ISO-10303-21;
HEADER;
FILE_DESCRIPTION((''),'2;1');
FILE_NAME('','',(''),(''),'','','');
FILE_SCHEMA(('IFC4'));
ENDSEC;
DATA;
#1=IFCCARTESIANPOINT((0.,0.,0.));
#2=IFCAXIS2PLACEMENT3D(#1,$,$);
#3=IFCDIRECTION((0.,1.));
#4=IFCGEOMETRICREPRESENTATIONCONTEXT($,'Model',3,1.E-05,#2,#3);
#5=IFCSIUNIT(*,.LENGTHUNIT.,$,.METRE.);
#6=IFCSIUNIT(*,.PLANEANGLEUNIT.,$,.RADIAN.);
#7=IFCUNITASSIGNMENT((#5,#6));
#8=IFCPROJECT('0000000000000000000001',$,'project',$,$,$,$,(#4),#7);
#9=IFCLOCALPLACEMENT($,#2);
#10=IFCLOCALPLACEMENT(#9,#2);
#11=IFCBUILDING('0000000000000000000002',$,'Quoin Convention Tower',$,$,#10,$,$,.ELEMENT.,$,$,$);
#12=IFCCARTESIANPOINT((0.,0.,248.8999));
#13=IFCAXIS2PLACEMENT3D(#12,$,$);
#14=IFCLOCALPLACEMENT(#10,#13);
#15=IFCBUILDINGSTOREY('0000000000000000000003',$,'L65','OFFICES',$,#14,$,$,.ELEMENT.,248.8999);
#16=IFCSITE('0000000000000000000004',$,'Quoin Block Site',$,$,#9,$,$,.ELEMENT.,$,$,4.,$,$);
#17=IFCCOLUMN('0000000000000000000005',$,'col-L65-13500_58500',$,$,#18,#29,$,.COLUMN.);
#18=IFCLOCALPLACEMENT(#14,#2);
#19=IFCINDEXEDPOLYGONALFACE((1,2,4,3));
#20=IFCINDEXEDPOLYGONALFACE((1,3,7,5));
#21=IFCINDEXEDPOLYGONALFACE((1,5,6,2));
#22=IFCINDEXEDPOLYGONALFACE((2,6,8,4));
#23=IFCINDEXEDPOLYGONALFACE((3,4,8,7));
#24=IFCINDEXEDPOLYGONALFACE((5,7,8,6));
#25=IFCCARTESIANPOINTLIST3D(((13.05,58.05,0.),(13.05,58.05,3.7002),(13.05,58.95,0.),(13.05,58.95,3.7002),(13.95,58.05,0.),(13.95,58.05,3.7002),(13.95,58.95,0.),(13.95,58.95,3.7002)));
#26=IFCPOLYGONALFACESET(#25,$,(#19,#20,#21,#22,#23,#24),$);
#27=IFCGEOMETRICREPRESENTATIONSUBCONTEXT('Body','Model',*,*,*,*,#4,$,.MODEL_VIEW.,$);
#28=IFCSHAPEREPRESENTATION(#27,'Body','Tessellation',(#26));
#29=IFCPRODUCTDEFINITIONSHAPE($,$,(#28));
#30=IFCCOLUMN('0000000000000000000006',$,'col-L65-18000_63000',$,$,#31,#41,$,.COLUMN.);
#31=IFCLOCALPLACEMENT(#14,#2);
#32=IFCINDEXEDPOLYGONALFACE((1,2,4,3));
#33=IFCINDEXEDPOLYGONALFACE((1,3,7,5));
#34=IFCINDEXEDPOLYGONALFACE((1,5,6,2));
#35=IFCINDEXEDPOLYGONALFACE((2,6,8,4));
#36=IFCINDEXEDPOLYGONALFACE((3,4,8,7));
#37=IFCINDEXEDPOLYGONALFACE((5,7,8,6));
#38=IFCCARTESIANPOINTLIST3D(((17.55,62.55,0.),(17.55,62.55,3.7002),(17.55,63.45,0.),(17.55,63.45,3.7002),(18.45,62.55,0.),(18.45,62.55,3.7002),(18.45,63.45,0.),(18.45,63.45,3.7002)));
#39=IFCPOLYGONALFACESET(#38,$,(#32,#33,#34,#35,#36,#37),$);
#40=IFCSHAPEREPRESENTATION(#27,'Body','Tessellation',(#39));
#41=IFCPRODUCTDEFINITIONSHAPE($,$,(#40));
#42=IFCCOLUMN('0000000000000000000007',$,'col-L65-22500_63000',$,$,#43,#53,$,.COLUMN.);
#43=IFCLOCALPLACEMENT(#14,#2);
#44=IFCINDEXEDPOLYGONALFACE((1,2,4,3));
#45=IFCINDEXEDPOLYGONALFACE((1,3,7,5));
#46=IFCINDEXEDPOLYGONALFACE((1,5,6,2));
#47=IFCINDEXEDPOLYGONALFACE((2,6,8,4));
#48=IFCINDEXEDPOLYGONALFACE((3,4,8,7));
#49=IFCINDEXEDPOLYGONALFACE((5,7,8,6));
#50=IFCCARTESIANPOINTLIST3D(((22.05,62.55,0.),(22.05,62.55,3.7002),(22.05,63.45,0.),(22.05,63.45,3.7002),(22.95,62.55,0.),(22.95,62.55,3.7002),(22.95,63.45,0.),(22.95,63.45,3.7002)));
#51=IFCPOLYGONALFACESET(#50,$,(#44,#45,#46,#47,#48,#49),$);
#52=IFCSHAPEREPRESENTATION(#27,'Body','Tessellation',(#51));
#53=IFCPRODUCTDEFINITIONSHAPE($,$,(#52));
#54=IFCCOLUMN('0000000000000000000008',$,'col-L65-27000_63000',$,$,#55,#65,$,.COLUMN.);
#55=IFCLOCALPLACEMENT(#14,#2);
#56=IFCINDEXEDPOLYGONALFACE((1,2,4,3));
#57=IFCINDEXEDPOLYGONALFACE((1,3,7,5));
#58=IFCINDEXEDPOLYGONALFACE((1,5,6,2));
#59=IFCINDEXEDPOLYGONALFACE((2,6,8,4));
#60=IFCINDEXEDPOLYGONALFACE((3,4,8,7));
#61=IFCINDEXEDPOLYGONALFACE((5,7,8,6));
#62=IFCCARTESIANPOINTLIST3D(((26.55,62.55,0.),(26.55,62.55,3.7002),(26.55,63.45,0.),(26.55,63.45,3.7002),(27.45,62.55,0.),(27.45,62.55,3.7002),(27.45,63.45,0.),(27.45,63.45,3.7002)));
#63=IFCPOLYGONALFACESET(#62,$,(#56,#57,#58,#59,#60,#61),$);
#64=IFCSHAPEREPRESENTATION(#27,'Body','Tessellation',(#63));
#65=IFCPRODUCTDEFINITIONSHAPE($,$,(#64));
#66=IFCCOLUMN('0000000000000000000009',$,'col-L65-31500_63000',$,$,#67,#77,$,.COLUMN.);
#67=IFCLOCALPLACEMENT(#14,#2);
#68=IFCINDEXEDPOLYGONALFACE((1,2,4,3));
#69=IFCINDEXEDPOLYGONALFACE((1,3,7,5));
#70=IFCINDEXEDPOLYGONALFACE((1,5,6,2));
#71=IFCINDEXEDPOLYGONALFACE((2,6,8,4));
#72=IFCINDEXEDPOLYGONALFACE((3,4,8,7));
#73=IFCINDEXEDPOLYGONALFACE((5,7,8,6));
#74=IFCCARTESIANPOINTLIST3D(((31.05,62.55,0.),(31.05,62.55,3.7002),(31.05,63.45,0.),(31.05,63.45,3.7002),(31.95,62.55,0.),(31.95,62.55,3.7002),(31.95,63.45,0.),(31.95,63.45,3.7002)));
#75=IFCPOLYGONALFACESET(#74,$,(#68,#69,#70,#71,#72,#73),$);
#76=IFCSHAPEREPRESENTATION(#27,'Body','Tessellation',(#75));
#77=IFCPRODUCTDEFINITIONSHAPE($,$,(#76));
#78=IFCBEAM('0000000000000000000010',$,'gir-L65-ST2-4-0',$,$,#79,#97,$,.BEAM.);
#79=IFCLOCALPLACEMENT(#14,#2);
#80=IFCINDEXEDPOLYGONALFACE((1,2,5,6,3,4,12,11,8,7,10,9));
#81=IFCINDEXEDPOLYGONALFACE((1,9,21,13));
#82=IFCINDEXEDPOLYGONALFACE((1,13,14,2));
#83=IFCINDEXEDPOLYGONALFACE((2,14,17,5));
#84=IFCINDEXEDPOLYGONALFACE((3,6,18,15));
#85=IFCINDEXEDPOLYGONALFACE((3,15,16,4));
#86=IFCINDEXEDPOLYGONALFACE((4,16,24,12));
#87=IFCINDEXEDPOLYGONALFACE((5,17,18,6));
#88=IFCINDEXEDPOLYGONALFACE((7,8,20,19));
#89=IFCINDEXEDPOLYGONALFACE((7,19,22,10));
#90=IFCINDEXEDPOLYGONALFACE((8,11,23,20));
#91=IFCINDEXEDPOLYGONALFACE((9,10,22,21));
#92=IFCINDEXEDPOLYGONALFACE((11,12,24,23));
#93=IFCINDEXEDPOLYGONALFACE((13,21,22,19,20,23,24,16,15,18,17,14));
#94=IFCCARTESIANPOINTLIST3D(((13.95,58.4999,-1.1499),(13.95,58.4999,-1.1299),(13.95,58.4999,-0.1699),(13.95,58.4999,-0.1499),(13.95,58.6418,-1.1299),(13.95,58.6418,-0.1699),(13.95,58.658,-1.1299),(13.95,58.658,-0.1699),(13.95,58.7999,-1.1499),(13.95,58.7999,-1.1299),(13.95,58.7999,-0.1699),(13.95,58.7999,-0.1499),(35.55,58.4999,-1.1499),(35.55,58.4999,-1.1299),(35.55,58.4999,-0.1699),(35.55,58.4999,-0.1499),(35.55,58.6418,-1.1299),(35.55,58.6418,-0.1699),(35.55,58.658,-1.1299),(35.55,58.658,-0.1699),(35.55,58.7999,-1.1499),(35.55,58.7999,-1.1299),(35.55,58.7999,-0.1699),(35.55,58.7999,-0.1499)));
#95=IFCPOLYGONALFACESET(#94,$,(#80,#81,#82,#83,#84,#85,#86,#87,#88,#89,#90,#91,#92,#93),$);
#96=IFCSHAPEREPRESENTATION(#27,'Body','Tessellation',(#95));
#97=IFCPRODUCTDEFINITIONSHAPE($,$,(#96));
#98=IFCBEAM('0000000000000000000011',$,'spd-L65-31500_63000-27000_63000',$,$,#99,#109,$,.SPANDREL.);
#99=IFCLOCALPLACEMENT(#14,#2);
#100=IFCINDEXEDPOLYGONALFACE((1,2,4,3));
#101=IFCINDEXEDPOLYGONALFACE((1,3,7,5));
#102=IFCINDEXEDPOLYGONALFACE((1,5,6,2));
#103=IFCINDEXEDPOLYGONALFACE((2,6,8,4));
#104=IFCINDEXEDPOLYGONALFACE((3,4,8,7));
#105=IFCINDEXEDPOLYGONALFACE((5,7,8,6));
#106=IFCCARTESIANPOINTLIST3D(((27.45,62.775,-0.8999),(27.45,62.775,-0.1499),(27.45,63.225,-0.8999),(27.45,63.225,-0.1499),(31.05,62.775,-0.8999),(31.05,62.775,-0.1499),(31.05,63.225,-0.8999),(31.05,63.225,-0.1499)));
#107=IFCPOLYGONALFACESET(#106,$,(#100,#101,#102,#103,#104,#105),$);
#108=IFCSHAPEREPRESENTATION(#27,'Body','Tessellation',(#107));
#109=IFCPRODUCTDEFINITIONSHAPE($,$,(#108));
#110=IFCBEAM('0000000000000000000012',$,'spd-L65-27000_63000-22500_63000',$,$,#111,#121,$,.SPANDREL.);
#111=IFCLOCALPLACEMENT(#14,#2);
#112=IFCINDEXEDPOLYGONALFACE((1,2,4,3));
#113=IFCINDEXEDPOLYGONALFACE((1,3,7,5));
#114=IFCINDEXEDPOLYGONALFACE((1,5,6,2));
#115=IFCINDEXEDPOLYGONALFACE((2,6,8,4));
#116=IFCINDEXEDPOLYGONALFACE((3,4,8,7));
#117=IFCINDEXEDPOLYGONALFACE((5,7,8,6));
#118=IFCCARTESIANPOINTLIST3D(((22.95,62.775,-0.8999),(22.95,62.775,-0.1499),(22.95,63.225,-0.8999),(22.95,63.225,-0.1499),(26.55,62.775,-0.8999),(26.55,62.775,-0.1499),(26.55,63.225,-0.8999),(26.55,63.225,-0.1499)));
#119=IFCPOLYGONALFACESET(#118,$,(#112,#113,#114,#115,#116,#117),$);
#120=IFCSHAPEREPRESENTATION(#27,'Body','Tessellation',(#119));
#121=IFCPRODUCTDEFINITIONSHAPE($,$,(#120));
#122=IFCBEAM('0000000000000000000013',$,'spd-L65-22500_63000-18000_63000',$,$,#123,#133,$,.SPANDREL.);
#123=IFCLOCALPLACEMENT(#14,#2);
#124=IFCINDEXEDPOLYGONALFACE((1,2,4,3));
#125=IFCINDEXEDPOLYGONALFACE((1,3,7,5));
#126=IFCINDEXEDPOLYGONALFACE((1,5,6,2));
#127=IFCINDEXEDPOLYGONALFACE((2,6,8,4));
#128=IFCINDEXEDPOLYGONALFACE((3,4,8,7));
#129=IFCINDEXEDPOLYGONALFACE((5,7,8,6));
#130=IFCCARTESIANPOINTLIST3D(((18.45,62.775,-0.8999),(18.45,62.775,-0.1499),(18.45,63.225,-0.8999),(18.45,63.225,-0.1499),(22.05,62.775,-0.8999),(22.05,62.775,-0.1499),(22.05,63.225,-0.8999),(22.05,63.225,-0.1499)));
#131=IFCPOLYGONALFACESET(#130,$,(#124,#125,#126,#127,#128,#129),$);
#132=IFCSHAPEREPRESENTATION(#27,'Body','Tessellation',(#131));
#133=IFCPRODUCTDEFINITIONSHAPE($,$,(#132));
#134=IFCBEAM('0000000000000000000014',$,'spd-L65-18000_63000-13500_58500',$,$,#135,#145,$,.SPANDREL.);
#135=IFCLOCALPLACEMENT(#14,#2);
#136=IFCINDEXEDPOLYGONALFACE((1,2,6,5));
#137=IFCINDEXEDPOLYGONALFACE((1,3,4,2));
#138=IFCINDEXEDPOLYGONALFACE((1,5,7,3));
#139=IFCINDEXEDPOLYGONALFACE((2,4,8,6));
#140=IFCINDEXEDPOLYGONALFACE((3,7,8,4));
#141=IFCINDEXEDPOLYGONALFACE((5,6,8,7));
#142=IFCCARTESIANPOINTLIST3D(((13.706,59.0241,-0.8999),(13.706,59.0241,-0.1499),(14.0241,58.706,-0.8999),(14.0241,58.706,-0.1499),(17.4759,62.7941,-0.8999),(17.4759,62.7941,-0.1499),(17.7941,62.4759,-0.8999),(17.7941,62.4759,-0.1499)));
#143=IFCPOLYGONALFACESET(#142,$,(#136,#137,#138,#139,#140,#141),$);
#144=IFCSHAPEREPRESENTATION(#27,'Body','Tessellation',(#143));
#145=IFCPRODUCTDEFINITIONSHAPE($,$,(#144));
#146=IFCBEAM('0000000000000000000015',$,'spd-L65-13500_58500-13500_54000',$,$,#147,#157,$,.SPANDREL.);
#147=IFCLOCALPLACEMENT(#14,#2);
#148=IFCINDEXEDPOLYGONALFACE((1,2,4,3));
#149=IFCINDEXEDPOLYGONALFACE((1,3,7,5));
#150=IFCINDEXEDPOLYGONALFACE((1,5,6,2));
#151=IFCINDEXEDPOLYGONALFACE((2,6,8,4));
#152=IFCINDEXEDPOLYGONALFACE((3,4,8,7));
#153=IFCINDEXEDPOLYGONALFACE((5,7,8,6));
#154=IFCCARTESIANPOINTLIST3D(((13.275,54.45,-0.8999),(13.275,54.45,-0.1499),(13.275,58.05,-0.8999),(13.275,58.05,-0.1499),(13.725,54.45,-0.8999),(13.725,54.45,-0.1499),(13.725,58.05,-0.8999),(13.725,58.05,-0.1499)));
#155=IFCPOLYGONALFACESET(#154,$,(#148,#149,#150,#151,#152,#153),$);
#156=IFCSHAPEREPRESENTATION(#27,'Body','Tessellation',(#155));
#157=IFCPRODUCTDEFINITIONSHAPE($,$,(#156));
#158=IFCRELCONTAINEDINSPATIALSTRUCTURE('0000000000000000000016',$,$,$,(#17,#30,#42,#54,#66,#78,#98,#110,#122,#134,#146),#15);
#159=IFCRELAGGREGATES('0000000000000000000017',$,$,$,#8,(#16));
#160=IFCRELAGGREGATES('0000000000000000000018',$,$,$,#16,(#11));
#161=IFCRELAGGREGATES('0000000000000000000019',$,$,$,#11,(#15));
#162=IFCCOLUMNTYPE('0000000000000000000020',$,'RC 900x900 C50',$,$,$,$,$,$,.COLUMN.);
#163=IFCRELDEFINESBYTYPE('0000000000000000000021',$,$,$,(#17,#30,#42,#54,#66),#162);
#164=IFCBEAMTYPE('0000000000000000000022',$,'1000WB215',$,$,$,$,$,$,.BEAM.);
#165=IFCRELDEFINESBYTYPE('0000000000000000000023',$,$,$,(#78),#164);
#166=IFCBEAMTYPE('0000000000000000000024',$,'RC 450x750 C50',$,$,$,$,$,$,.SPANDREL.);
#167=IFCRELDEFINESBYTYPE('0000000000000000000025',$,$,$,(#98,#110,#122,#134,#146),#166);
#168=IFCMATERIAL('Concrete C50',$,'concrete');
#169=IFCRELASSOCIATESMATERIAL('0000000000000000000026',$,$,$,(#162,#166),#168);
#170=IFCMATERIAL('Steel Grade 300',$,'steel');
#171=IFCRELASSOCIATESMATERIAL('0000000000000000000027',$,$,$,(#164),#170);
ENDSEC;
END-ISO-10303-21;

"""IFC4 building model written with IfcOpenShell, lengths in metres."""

from ifc_helpers import new_model, si_unit, direction, frame, origin, origin_2d, place, context, subcontext, project, spatial, rectangle, i_section, extrude, material, material_profile, profile_set, type_object, element, save


model = new_model("IFC4")

# Units and contexts
model_context = context("Model", 3, precision=1e-05, world=origin(), true_north=direction((0.0, 1.0)))
body_context = subcontext(model_context, "Body", "Model", "MODEL_VIEW")
ifc_project = project(units=[si_unit("LENGTHUNIT", "METRE"), si_unit("PLANEANGLEUNIT", "RADIAN")], contexts=[model_context])

# Site, building, storey
site_placement = place(None, origin())
site = spatial("IfcSite", under=ifc_project, at=site_placement, Name="Quoin Block Site", CompositionType="ELEMENT", RefElevation=4.0)
building_placement = place(site_placement, origin())
building = spatial("IfcBuilding", under=site, at=building_placement, Name="Quoin Convention Tower", CompositionType="ELEMENT")
storey_placement = place(building_placement, frame((0.0, 0.0, 248.8999)))
storey = spatial("IfcBuildingStorey", under=building, at=storey_placement, Name="L65", Description="OFFICES", CompositionType="ELEMENT", Elevation=248.8999)

# Columns
ifc_material_1 = material(Name="Concrete C50", Category="concrete")
ifc_material_profile_1 = material_profile(ifc_material_1, rectangle(XDim=0.8999, YDim=0.8999, at=origin_2d()), Name="RC 900x900")
ifc_profile_set_1 = profile_set([ifc_material_profile_1], Name="Concrete C50")
column_type = type_object("IfcColumnType", Name="RC 900x900 C50", PredefinedType="COLUMN", material=ifc_profile_set_1)
for number, where, z_axis, x_axis, name in (
    (1, (13.5, 58.5, 0.0), (0.0, 0.0, 1.0), (1.0, 0.0, 0.0), "col-L65-13500_58500"),
    (2, (18.0, 63.0, 0.0), (0.0, 0.0, 1.0), (1.0, 0.0, 0.0), "col-L65-18000_63000"),
    (3, (22.5, 63.0, 0.0), (0.0, 0.0, 1.0), (1.0, 0.0, 0.0), "col-L65-22500_63000"),
    (4, (27.0, 63.0, 0.0), (0.0, 0.0, 1.0), (1.0, 0.0, 0.0), "col-L65-27000_63000"),
    (5, (31.5, 63.0, 0.0), (0.0, 0.0, 1.0), (1.0, 0.0, 0.0), "col-L65-31500_63000"),
):
    element("IfcColumn", number, at=place(storey_placement, frame(where, z_axis=z_axis, x_axis=x_axis)), inside=storey, type_object=column_type, Name=name, PredefinedType="COLUMN", context=body_context, shape_type="SweptSolid", body=[
        extrude(rectangle(XDim=0.8999, YDim=0.8999, at=origin_2d()), origin(), (0.0, 0.0, 1.0), 3.7002),
    ])

# Beams
ifc_material_2 = material(Name="Steel Grade 300", Category="steel")
ifc_material_profile_2 = material_profile(ifc_material_2, i_section(OverallWidth=0.3, OverallDepth=1.0, WebThickness=0.0161, FlangeThickness=0.02, at=origin_2d()), Name="1000WB215")
ifc_profile_set_2 = profile_set([ifc_material_profile_2], Name="Steel Grade 300")
beam_type_1 = type_object("IfcBeamType", Name="1000WB215", PredefinedType="BEAM", material=ifc_profile_set_2)
beam_1_placement = place(storey_placement, frame((13.95, 58.6499, -0.6499), z_axis=(1.0, 0.0, 0.0), x_axis=(0.0, 1.0, 0.0)))
element("IfcBeam", 6, at=beam_1_placement, inside=storey, type_object=beam_type_1, Name="gir-L65-ST2-4-0", PredefinedType="BEAM", context=body_context, shape_type="SweptSolid", body=[
    extrude(i_section(OverallWidth=0.3, OverallDepth=1.0, WebThickness=0.0161, FlangeThickness=0.02, at=origin_2d()), origin(), (0.0, 0.0, 1.0), 21.6001),
])
ifc_material_profile_3 = material_profile(ifc_material_1, rectangle(XDim=0.45, YDim=0.75, at=origin_2d()), Name="RC 450x750")
ifc_profile_set_3 = profile_set([ifc_material_profile_3], Name="Concrete C50")
beam_type_2 = type_object("IfcBeamType", Name="RC 450x750 C50", PredefinedType="SPANDREL", material=ifc_profile_set_3)
for number, where, z_axis, x_axis, name in (
    (7, (31.05, 63.0, -0.5249), (-1.0, 0.0, 0.0), (0.0, -1.0, 0.0), "spd-L65-31500_63000-27000_63000"),
    (8, (26.55, 63.0, -0.5249), (-1.0, 0.0, 0.0), (0.0, -1.0, 0.0), "spd-L65-27000_63000-22500_63000"),
    (9, (22.05, 63.0, -0.5249), (-1.0, 0.0, 0.0), (0.0, -1.0, 0.0), "spd-L65-22500_63000-18000_63000"),
):
    element("IfcBeam", number, at=place(storey_placement, frame(where, z_axis=z_axis, x_axis=x_axis)), inside=storey, type_object=beam_type_2, Name=name, PredefinedType="SPANDREL", context=body_context, shape_type="SweptSolid", body=[
        extrude(rectangle(XDim=0.45, YDim=0.75, at=origin_2d()), origin(), (0.0, 0.0, 1.0), 3.6001),
    ])
beam_2_placement = place(storey_placement, frame((17.635, 62.635, -0.5249), z_axis=(-0.707107, -0.707107, 0.0), x_axis=(0.707107, -0.707107, 0.0)))
element("IfcBeam", 10, at=beam_2_placement, inside=storey, type_object=beam_type_2, Name="spd-L65-18000_63000-13500_58500", PredefinedType="SPANDREL", context=body_context, shape_type="SweptSolid", body=[
    extrude(rectangle(XDim=0.45, YDim=0.75, at=origin_2d()), origin(), (0.0, 0.0, 1.0), 5.3315),
])
beam_3_placement = place(storey_placement, frame((13.5, 58.05, -0.5249), z_axis=(0.0, -1.0, 0.0), x_axis=(1.0, 0.0, 0.0)))
element("IfcBeam", 11, at=beam_3_placement, inside=storey, type_object=beam_type_2, Name="spd-L65-13500_58500-13500_54000", PredefinedType="SPANDREL", context=body_context, shape_type="SweptSolid", body=[
    extrude(rectangle(XDim=0.45, YDim=0.75, at=origin_2d()), origin(), (0.0, 0.0, 1.0), 3.6001),
])

save(model, "model.ifc")
